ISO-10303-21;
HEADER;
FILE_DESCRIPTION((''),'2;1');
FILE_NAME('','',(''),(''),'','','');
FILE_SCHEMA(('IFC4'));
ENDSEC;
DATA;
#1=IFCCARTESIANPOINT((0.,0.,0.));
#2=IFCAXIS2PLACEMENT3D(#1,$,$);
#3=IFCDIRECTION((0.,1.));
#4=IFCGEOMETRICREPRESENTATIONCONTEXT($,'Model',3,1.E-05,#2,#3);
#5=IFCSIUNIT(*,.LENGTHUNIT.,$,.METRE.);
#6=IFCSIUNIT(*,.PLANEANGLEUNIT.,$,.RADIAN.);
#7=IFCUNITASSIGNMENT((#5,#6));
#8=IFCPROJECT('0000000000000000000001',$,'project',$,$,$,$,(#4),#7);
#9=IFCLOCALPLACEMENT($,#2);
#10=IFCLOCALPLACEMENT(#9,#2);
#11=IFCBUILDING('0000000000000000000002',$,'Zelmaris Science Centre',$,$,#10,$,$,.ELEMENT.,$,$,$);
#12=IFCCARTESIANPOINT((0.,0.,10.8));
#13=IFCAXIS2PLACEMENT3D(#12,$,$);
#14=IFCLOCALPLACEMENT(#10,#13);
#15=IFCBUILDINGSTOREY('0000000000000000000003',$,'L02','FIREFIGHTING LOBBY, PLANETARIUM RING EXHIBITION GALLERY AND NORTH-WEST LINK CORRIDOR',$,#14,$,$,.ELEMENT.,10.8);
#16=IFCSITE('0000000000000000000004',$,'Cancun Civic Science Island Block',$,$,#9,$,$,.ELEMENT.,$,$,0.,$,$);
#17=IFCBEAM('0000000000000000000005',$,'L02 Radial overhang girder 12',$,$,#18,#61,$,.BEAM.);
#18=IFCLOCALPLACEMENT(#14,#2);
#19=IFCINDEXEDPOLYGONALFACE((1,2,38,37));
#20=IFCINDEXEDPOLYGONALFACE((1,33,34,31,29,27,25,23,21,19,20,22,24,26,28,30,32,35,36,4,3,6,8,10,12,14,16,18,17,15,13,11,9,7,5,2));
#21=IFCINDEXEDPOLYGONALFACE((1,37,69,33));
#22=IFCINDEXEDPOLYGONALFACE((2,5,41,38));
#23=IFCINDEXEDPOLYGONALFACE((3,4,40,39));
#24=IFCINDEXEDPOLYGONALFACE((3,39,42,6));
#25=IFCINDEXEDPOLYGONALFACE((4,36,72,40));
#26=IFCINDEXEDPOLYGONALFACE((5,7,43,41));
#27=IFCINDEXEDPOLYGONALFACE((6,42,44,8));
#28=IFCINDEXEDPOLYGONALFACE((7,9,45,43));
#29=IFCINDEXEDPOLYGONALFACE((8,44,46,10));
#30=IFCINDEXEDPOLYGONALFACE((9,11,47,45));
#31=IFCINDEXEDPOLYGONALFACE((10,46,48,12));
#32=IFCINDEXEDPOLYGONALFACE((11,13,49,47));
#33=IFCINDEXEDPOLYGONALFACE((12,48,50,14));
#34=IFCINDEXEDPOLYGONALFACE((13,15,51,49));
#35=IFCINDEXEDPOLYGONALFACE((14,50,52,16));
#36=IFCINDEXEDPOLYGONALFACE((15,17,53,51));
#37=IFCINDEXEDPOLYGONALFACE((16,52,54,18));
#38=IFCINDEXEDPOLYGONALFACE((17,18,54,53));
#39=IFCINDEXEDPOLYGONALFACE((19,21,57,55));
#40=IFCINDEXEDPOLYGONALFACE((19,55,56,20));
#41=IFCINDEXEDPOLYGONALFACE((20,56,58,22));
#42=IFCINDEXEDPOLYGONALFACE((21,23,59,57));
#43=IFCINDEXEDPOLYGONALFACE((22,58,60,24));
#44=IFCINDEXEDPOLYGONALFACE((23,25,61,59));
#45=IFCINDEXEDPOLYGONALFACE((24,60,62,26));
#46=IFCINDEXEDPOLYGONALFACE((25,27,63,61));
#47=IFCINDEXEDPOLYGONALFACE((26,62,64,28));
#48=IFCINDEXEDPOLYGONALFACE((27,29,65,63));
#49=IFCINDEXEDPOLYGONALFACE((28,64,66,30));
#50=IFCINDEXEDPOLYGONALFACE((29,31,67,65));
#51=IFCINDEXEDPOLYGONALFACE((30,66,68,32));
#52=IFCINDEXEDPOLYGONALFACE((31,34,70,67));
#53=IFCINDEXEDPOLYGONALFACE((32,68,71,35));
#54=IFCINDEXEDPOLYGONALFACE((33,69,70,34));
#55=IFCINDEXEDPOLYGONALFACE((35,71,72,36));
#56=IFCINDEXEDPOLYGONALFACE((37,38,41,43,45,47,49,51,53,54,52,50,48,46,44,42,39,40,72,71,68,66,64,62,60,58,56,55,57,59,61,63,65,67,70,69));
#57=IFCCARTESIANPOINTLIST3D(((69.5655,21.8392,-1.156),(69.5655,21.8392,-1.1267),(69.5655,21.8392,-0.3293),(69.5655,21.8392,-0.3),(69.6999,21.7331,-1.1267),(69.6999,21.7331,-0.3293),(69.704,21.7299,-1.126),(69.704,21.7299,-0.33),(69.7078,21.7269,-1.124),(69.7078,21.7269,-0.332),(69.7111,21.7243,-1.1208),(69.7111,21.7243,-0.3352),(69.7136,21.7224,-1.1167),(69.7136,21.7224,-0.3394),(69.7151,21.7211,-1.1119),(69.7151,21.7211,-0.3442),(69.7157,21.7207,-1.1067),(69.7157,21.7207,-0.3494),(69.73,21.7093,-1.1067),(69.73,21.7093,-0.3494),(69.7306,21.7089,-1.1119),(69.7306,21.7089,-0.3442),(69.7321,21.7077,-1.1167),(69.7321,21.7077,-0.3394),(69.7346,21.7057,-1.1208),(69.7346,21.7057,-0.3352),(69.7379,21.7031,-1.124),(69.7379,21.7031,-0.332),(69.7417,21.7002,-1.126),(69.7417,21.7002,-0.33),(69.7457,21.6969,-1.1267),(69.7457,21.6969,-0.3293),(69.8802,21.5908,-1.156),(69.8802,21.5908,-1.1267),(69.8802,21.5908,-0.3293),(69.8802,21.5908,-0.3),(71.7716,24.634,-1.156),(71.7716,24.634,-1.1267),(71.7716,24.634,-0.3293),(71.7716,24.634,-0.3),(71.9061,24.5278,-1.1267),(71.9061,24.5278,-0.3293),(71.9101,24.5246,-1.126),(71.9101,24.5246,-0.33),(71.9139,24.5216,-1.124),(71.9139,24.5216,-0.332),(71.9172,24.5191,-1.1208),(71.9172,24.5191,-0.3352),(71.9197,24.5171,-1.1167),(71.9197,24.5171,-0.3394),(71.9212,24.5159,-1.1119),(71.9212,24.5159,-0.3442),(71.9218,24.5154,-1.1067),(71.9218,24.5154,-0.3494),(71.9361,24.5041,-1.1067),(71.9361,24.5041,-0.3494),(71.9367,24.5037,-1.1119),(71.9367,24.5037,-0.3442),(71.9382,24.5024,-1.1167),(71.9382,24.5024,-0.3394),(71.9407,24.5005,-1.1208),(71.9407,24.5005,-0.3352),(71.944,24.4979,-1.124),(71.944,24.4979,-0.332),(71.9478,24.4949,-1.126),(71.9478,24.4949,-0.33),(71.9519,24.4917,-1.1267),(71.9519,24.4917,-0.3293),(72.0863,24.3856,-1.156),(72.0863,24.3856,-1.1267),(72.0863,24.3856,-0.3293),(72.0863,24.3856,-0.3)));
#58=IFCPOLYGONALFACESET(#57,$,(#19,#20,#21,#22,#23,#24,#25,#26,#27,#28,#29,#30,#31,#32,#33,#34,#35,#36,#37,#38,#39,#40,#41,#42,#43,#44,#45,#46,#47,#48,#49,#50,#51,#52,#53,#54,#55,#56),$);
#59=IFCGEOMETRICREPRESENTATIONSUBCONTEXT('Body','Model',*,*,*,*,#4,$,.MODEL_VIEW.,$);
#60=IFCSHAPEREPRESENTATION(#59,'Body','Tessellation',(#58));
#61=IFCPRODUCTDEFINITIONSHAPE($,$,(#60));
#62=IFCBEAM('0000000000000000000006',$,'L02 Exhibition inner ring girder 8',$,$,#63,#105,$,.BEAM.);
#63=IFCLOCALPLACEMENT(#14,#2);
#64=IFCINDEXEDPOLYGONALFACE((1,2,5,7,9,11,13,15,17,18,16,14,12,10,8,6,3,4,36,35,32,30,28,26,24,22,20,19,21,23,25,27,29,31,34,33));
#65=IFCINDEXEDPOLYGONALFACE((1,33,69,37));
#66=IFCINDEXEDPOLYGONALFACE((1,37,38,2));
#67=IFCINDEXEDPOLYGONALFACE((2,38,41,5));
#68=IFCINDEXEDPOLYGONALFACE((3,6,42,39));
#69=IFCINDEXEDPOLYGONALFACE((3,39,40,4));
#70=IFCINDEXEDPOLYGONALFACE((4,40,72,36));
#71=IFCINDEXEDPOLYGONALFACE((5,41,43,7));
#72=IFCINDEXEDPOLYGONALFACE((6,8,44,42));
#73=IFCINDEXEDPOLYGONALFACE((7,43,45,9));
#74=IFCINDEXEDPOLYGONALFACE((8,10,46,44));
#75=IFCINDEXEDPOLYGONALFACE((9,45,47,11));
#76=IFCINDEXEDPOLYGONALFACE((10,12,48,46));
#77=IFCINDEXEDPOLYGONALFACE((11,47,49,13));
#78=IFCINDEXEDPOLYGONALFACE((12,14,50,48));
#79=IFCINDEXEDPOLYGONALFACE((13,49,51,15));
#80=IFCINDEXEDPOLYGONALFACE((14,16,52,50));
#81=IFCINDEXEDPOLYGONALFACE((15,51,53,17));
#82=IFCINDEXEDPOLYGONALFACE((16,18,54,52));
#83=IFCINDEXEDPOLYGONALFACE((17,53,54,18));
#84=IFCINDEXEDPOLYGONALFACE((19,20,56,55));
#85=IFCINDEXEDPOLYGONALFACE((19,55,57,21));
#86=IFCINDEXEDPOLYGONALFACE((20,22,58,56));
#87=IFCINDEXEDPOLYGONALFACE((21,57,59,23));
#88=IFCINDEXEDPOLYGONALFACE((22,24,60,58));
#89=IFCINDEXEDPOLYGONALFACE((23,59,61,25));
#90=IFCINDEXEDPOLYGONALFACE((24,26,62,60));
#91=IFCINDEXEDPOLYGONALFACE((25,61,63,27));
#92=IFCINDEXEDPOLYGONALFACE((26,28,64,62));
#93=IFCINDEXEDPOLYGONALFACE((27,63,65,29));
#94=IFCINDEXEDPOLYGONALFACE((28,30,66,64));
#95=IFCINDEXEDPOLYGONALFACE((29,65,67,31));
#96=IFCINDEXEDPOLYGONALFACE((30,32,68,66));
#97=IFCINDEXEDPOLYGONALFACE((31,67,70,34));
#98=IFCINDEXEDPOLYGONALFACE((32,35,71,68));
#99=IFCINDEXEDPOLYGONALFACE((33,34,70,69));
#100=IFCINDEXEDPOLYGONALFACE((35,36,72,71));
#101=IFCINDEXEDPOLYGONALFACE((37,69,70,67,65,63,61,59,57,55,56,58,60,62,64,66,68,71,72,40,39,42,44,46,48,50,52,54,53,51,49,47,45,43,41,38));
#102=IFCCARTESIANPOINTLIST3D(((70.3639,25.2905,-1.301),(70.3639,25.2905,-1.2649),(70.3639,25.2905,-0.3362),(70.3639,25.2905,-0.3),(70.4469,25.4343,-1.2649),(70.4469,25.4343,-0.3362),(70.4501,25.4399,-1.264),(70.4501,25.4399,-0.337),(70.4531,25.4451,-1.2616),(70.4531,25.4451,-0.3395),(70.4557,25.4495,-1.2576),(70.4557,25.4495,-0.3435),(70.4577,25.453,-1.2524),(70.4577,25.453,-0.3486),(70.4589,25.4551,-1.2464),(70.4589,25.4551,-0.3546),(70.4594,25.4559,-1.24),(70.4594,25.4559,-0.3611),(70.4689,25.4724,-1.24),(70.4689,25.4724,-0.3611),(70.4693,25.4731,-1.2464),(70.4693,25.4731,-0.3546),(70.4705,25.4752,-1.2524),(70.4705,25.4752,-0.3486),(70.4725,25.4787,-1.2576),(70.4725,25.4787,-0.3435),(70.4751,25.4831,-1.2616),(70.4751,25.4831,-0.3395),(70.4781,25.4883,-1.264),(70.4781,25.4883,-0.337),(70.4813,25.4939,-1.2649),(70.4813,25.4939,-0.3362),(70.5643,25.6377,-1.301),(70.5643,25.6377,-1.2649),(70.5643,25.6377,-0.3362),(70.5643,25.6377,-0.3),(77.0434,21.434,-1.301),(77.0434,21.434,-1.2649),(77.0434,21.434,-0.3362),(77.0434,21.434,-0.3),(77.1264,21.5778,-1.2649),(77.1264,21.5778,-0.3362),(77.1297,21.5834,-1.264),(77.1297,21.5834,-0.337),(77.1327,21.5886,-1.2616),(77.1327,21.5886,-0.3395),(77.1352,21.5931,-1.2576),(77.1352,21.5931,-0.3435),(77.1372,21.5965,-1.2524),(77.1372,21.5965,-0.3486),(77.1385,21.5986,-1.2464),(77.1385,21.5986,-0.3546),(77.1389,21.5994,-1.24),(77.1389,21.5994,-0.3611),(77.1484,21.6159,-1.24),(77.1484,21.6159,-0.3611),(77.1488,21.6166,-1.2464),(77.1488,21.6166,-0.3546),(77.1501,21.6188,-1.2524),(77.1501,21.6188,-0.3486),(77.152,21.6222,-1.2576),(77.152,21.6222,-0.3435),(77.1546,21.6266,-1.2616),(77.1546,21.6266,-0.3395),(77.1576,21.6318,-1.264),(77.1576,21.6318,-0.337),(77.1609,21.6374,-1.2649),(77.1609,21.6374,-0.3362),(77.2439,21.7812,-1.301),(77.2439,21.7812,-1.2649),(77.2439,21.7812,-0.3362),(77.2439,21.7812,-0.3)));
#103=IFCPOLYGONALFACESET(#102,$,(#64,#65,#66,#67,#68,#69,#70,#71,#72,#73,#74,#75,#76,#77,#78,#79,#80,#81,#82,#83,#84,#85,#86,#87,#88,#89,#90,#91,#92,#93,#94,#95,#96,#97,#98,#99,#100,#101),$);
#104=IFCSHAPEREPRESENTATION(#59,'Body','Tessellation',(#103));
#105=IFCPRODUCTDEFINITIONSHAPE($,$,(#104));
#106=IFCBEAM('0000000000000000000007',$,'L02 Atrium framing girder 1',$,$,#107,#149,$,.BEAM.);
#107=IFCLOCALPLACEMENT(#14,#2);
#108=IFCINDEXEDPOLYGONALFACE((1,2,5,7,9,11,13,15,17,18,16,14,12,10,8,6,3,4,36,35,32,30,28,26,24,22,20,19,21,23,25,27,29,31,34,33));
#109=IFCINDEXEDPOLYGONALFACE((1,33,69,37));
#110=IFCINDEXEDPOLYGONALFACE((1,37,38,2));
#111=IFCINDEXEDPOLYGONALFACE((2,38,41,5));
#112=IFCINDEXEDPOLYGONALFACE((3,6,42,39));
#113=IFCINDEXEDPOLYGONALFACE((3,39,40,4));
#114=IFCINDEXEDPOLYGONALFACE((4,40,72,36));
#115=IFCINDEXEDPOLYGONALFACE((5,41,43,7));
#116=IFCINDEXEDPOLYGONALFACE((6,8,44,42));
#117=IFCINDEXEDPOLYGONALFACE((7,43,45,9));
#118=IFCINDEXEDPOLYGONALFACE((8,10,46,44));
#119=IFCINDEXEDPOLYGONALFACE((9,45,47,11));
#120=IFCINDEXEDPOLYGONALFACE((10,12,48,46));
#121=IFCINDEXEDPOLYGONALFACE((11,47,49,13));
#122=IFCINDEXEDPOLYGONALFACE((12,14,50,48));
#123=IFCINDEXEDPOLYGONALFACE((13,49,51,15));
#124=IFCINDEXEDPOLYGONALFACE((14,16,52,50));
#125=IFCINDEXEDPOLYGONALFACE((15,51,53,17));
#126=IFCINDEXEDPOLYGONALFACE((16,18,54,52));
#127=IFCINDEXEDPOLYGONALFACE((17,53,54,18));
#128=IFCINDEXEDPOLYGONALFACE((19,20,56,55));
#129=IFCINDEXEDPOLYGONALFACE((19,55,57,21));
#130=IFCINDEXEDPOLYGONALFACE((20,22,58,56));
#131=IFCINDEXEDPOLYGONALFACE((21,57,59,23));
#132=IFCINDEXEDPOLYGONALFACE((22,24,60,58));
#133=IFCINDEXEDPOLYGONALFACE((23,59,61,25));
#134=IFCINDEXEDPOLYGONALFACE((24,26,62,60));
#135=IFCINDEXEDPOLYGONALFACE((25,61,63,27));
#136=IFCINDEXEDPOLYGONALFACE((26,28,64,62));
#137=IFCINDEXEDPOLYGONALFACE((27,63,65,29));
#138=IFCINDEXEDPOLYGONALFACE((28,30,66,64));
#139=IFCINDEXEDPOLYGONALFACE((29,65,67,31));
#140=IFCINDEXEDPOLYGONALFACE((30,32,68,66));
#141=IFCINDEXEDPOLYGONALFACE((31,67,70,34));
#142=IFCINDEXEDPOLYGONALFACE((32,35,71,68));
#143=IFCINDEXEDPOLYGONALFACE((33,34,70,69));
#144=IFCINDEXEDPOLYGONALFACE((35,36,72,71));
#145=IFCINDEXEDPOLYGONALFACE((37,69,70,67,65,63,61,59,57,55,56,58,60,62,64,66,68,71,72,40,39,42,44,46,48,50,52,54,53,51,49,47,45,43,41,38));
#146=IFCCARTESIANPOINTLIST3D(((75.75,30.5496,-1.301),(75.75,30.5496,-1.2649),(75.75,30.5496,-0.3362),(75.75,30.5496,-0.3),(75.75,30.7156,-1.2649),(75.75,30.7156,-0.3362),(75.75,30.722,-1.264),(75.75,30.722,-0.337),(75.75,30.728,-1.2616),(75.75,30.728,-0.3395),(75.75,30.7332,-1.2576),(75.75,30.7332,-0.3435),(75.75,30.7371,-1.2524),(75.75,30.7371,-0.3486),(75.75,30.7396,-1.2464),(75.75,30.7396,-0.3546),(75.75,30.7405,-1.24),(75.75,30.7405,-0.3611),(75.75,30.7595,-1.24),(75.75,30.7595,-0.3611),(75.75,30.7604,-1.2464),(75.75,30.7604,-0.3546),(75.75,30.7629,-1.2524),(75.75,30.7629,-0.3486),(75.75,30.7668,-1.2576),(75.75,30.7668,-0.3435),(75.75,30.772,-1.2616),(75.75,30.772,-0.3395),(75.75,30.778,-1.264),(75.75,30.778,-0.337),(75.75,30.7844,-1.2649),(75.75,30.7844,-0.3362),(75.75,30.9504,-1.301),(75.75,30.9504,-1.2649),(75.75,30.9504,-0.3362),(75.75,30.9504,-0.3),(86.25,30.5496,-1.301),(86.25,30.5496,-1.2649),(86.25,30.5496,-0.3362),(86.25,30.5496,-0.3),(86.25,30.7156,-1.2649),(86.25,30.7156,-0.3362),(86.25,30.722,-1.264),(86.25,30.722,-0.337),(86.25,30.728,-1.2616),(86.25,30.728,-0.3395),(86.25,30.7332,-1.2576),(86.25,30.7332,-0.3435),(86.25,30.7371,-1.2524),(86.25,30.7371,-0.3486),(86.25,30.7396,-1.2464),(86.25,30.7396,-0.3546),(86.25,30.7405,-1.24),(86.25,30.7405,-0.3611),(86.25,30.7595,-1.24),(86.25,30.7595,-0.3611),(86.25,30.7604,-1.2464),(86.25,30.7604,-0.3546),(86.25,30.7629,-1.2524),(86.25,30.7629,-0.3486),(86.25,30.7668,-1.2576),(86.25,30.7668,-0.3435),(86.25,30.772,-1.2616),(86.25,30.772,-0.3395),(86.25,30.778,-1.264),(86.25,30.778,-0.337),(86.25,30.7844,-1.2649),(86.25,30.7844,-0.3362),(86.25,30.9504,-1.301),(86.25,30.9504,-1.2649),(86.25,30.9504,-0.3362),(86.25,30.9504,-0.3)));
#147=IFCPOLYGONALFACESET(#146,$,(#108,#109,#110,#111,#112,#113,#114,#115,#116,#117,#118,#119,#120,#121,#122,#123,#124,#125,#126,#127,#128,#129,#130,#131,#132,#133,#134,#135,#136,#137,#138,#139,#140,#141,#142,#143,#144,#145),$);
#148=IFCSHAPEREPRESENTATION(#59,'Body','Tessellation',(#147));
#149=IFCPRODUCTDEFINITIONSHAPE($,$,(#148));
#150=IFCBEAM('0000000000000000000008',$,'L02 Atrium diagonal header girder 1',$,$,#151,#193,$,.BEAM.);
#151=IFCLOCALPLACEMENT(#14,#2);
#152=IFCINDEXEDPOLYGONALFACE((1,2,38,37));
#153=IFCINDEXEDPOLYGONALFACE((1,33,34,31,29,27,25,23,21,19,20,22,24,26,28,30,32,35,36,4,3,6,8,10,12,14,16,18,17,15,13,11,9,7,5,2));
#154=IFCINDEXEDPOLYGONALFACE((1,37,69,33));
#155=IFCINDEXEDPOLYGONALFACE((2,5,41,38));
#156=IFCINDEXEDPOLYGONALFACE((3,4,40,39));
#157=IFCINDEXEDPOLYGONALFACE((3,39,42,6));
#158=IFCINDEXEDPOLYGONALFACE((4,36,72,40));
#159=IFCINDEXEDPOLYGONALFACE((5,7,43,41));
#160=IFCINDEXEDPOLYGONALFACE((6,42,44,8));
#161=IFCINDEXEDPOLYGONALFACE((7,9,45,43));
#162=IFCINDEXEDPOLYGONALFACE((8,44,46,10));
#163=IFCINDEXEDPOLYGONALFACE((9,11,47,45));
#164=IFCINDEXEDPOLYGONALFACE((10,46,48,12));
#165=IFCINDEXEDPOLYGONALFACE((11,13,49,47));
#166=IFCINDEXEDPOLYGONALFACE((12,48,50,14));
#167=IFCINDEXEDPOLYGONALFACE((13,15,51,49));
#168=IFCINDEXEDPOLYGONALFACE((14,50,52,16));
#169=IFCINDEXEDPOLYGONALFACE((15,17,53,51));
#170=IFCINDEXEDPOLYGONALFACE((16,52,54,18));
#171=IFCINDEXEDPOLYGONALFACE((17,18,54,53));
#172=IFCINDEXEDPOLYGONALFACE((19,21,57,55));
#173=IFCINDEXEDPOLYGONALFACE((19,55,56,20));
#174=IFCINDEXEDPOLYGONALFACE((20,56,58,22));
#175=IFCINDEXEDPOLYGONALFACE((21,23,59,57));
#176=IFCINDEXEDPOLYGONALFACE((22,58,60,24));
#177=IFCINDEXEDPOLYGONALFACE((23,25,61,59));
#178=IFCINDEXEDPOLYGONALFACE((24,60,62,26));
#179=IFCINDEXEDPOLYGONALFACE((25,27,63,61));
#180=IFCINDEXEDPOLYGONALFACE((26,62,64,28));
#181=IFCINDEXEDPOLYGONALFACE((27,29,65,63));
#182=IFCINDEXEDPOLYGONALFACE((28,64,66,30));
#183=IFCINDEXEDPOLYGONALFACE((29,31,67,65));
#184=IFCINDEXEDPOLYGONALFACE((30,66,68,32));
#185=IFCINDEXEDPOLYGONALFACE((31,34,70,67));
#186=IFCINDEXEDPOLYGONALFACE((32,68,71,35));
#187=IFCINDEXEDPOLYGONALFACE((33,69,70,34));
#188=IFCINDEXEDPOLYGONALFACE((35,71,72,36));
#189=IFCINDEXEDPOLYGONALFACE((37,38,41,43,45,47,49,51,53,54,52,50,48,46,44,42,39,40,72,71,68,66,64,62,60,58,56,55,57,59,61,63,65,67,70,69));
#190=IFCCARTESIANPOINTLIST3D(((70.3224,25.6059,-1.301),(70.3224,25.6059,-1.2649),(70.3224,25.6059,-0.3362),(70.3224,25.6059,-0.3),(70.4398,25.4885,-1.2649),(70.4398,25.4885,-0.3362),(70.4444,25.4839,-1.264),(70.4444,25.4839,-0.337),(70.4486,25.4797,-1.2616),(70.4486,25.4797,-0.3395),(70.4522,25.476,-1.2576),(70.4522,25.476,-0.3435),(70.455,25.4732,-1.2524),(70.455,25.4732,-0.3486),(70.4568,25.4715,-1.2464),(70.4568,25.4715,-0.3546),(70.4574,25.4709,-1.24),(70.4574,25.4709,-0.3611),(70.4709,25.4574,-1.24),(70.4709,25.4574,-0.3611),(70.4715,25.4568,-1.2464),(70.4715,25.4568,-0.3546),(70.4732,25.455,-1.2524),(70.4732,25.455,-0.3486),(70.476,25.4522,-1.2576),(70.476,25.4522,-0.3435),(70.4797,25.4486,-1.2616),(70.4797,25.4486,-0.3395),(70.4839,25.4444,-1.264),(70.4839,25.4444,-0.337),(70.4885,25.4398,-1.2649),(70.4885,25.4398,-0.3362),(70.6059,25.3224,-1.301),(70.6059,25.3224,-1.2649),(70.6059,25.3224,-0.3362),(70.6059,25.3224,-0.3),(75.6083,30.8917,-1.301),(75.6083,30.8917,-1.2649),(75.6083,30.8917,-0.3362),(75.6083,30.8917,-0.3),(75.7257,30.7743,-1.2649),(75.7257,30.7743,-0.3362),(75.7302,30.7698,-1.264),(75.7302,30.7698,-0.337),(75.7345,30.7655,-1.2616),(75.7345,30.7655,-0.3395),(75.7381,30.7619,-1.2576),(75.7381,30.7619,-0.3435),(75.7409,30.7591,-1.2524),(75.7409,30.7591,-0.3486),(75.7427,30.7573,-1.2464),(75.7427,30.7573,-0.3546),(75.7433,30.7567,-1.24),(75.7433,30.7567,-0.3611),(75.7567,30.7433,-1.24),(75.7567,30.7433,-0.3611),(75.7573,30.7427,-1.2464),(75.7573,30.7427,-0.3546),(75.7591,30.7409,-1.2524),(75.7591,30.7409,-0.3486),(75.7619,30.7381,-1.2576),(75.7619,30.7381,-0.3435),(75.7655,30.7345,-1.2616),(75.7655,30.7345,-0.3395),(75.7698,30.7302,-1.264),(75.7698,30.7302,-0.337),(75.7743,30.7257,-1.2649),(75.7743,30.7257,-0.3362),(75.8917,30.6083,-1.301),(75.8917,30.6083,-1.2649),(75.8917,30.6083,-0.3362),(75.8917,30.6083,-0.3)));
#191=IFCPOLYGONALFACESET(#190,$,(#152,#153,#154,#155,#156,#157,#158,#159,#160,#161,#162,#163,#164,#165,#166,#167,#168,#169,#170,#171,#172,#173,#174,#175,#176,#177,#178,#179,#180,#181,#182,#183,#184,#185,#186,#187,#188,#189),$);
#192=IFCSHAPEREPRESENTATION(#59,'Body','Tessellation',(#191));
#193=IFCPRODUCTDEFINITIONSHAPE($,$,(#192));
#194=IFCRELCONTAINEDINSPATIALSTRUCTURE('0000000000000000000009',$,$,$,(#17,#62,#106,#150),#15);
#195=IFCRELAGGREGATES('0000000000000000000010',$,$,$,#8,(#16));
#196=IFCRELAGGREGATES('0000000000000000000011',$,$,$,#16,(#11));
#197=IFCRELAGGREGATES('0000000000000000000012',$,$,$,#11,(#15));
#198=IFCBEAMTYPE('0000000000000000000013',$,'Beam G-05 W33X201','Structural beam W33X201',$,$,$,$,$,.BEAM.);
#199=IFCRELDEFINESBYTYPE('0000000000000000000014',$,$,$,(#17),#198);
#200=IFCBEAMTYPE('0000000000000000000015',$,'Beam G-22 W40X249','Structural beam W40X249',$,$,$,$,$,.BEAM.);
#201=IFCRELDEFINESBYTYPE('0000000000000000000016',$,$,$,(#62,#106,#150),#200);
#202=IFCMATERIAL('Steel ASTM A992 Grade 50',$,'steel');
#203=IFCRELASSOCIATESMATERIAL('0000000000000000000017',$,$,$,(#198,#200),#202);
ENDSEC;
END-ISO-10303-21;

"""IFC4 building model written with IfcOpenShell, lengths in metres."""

from ifc_helpers import new_model, si_unit, direction, frame, origin, origin_2d, place, context, subcontext, project, spatial, i_section, extrude, material, material_profile, profile_set, type_object, element, save


model = new_model("IFC4")

# Units and contexts
model_context = context("Model", 3, precision=1e-05, world=origin(), true_north=direction((0.0, 1.0)))
body_context = subcontext(model_context, "Body", "Model", "MODEL_VIEW")
ifc_project = project(units=[si_unit("LENGTHUNIT", "METRE"), si_unit("PLANEANGLEUNIT", "RADIAN")], contexts=[model_context])

# Site, building, storey
site_placement = place(None, origin())
site = spatial("IfcSite", under=ifc_project, at=site_placement, Name="Cancun Civic Science Island Block", CompositionType="ELEMENT", RefElevation=0.0)
building_placement = place(site_placement, origin())
building = spatial("IfcBuilding", under=site, at=building_placement, Name="Zelmaris Science Centre", CompositionType="ELEMENT")
storey_placement = place(building_placement, frame((0.0, 0.0, 10.8)))
storey = spatial("IfcBuildingStorey", under=building, at=storey_placement, Name="L02", Description="FIREFIGHTING LOBBY, PLANETARIUM RING EXHIBITION GALLERY AND NORTH-WEST LINK CORRIDOR", CompositionType="ELEMENT", Elevation=10.8)

# Shared definitions
ifc_material_1 = material(Name="Steel ASTM A992 Grade 50", Category="steel")

# Beams
ifc_material_profile_1 = material_profile(ifc_material_1, i_section(OverallWidth=0.4009, OverallDepth=0.856, WebThickness=0.0183, FlangeThickness=0.0293, FilletRadius=0.02, at=origin_2d()), Name="W33X201")
ifc_profile_set_1 = profile_set([ifc_material_profile_1], Name="Steel ASTM A992 Grade 50")
beam_type_1 = type_object("IfcBeamType", Name="Beam G-05 W33X201", Description="Structural beam W33X201", PredefinedType="BEAM", material=ifc_profile_set_1)
beam_1_placement = place(storey_placement, frame((71.929, 24.5098, -0.728), z_axis=(-0.619598, -0.78492, 0.0), x_axis=(0.78492, -0.619598, 0.0)))
element("IfcBeam", 1, at=beam_1_placement, inside=storey, type_object=beam_type_1, Name="L02 Radial overhang girder 12", PredefinedType="BEAM", context=body_context, shape_type="SweptSolid", body=[
    extrude(i_section(OverallWidth=0.4009, OverallDepth=0.856, WebThickness=0.0183, FlangeThickness=0.0293, FilletRadius=0.02, at=origin_2d()), origin(), (0.0, 0.0, 1.0), 3.5605),
])
ifc_material_profile_2 = material_profile(ifc_material_1, i_section(OverallWidth=0.4009, OverallDepth=1.001, WebThickness=0.019, FlangeThickness=0.0361, FilletRadius=0.0249, at=origin_2d()), Name="W40X249")
ifc_profile_set_2 = profile_set([ifc_material_profile_2], Name="Steel ASTM A992 Grade 50")
beam_type_2 = type_object("IfcBeamType", Name="Beam G-22 W40X249", Description="Structural beam W40X249", PredefinedType="BEAM", material=ifc_profile_set_2)
beam_2_placement = place(storey_placement, frame((70.4641, 25.4641, -0.8005), z_axis=(0.866022, -0.500007, 0.0), x_axis=(0.500007, 0.866022, 0.0)))
element("IfcBeam", 2, at=beam_2_placement, inside=storey, type_object=beam_type_2, Name="L02 Exhibition inner ring girder 8", PredefinedType="BEAM", context=body_context, shape_type="SweptSolid", body=[
    extrude(i_section(OverallWidth=0.4009, OverallDepth=1.001, WebThickness=0.019, FlangeThickness=0.0361, FilletRadius=0.0249, at=origin_2d()), origin(), (0.0, 0.0, 1.0), 7.7129),
])
beam_3_placement = place(storey_placement, frame((75.75, 30.75, -0.8005), z_axis=(1.0, 0.0, 0.0), x_axis=(0.0, 1.0, 0.0)))
element("IfcBeam", 3, at=beam_3_placement, inside=storey, type_object=beam_type_2, Name="L02 Atrium framing girder 1", PredefinedType="BEAM", context=body_context, shape_type="SweptSolid", body=[
    extrude(i_section(OverallWidth=0.4009, OverallDepth=1.001, WebThickness=0.019, FlangeThickness=0.0361, FilletRadius=0.0249, at=origin_2d()), origin(), (0.0, 0.0, 1.0), 10.5),
])
beam_4_placement = place(storey_placement, frame((75.75, 30.75, -0.8005), z_axis=(-0.707107, -0.707107, 0.0), x_axis=(0.707107, -0.707107, 0.0)))
element("IfcBeam", 4, at=beam_4_placement, inside=storey, type_object=beam_type_2, Name="L02 Atrium diagonal header girder 1", PredefinedType="BEAM", context=body_context, shape_type="SweptSolid", body=[
    extrude(i_section(OverallWidth=0.4009, OverallDepth=1.001, WebThickness=0.019, FlangeThickness=0.0361, FilletRadius=0.0249, at=origin_2d()), origin(), (0.0, 0.0, 1.0), 7.4753),
])

save(model, "model.ifc")
